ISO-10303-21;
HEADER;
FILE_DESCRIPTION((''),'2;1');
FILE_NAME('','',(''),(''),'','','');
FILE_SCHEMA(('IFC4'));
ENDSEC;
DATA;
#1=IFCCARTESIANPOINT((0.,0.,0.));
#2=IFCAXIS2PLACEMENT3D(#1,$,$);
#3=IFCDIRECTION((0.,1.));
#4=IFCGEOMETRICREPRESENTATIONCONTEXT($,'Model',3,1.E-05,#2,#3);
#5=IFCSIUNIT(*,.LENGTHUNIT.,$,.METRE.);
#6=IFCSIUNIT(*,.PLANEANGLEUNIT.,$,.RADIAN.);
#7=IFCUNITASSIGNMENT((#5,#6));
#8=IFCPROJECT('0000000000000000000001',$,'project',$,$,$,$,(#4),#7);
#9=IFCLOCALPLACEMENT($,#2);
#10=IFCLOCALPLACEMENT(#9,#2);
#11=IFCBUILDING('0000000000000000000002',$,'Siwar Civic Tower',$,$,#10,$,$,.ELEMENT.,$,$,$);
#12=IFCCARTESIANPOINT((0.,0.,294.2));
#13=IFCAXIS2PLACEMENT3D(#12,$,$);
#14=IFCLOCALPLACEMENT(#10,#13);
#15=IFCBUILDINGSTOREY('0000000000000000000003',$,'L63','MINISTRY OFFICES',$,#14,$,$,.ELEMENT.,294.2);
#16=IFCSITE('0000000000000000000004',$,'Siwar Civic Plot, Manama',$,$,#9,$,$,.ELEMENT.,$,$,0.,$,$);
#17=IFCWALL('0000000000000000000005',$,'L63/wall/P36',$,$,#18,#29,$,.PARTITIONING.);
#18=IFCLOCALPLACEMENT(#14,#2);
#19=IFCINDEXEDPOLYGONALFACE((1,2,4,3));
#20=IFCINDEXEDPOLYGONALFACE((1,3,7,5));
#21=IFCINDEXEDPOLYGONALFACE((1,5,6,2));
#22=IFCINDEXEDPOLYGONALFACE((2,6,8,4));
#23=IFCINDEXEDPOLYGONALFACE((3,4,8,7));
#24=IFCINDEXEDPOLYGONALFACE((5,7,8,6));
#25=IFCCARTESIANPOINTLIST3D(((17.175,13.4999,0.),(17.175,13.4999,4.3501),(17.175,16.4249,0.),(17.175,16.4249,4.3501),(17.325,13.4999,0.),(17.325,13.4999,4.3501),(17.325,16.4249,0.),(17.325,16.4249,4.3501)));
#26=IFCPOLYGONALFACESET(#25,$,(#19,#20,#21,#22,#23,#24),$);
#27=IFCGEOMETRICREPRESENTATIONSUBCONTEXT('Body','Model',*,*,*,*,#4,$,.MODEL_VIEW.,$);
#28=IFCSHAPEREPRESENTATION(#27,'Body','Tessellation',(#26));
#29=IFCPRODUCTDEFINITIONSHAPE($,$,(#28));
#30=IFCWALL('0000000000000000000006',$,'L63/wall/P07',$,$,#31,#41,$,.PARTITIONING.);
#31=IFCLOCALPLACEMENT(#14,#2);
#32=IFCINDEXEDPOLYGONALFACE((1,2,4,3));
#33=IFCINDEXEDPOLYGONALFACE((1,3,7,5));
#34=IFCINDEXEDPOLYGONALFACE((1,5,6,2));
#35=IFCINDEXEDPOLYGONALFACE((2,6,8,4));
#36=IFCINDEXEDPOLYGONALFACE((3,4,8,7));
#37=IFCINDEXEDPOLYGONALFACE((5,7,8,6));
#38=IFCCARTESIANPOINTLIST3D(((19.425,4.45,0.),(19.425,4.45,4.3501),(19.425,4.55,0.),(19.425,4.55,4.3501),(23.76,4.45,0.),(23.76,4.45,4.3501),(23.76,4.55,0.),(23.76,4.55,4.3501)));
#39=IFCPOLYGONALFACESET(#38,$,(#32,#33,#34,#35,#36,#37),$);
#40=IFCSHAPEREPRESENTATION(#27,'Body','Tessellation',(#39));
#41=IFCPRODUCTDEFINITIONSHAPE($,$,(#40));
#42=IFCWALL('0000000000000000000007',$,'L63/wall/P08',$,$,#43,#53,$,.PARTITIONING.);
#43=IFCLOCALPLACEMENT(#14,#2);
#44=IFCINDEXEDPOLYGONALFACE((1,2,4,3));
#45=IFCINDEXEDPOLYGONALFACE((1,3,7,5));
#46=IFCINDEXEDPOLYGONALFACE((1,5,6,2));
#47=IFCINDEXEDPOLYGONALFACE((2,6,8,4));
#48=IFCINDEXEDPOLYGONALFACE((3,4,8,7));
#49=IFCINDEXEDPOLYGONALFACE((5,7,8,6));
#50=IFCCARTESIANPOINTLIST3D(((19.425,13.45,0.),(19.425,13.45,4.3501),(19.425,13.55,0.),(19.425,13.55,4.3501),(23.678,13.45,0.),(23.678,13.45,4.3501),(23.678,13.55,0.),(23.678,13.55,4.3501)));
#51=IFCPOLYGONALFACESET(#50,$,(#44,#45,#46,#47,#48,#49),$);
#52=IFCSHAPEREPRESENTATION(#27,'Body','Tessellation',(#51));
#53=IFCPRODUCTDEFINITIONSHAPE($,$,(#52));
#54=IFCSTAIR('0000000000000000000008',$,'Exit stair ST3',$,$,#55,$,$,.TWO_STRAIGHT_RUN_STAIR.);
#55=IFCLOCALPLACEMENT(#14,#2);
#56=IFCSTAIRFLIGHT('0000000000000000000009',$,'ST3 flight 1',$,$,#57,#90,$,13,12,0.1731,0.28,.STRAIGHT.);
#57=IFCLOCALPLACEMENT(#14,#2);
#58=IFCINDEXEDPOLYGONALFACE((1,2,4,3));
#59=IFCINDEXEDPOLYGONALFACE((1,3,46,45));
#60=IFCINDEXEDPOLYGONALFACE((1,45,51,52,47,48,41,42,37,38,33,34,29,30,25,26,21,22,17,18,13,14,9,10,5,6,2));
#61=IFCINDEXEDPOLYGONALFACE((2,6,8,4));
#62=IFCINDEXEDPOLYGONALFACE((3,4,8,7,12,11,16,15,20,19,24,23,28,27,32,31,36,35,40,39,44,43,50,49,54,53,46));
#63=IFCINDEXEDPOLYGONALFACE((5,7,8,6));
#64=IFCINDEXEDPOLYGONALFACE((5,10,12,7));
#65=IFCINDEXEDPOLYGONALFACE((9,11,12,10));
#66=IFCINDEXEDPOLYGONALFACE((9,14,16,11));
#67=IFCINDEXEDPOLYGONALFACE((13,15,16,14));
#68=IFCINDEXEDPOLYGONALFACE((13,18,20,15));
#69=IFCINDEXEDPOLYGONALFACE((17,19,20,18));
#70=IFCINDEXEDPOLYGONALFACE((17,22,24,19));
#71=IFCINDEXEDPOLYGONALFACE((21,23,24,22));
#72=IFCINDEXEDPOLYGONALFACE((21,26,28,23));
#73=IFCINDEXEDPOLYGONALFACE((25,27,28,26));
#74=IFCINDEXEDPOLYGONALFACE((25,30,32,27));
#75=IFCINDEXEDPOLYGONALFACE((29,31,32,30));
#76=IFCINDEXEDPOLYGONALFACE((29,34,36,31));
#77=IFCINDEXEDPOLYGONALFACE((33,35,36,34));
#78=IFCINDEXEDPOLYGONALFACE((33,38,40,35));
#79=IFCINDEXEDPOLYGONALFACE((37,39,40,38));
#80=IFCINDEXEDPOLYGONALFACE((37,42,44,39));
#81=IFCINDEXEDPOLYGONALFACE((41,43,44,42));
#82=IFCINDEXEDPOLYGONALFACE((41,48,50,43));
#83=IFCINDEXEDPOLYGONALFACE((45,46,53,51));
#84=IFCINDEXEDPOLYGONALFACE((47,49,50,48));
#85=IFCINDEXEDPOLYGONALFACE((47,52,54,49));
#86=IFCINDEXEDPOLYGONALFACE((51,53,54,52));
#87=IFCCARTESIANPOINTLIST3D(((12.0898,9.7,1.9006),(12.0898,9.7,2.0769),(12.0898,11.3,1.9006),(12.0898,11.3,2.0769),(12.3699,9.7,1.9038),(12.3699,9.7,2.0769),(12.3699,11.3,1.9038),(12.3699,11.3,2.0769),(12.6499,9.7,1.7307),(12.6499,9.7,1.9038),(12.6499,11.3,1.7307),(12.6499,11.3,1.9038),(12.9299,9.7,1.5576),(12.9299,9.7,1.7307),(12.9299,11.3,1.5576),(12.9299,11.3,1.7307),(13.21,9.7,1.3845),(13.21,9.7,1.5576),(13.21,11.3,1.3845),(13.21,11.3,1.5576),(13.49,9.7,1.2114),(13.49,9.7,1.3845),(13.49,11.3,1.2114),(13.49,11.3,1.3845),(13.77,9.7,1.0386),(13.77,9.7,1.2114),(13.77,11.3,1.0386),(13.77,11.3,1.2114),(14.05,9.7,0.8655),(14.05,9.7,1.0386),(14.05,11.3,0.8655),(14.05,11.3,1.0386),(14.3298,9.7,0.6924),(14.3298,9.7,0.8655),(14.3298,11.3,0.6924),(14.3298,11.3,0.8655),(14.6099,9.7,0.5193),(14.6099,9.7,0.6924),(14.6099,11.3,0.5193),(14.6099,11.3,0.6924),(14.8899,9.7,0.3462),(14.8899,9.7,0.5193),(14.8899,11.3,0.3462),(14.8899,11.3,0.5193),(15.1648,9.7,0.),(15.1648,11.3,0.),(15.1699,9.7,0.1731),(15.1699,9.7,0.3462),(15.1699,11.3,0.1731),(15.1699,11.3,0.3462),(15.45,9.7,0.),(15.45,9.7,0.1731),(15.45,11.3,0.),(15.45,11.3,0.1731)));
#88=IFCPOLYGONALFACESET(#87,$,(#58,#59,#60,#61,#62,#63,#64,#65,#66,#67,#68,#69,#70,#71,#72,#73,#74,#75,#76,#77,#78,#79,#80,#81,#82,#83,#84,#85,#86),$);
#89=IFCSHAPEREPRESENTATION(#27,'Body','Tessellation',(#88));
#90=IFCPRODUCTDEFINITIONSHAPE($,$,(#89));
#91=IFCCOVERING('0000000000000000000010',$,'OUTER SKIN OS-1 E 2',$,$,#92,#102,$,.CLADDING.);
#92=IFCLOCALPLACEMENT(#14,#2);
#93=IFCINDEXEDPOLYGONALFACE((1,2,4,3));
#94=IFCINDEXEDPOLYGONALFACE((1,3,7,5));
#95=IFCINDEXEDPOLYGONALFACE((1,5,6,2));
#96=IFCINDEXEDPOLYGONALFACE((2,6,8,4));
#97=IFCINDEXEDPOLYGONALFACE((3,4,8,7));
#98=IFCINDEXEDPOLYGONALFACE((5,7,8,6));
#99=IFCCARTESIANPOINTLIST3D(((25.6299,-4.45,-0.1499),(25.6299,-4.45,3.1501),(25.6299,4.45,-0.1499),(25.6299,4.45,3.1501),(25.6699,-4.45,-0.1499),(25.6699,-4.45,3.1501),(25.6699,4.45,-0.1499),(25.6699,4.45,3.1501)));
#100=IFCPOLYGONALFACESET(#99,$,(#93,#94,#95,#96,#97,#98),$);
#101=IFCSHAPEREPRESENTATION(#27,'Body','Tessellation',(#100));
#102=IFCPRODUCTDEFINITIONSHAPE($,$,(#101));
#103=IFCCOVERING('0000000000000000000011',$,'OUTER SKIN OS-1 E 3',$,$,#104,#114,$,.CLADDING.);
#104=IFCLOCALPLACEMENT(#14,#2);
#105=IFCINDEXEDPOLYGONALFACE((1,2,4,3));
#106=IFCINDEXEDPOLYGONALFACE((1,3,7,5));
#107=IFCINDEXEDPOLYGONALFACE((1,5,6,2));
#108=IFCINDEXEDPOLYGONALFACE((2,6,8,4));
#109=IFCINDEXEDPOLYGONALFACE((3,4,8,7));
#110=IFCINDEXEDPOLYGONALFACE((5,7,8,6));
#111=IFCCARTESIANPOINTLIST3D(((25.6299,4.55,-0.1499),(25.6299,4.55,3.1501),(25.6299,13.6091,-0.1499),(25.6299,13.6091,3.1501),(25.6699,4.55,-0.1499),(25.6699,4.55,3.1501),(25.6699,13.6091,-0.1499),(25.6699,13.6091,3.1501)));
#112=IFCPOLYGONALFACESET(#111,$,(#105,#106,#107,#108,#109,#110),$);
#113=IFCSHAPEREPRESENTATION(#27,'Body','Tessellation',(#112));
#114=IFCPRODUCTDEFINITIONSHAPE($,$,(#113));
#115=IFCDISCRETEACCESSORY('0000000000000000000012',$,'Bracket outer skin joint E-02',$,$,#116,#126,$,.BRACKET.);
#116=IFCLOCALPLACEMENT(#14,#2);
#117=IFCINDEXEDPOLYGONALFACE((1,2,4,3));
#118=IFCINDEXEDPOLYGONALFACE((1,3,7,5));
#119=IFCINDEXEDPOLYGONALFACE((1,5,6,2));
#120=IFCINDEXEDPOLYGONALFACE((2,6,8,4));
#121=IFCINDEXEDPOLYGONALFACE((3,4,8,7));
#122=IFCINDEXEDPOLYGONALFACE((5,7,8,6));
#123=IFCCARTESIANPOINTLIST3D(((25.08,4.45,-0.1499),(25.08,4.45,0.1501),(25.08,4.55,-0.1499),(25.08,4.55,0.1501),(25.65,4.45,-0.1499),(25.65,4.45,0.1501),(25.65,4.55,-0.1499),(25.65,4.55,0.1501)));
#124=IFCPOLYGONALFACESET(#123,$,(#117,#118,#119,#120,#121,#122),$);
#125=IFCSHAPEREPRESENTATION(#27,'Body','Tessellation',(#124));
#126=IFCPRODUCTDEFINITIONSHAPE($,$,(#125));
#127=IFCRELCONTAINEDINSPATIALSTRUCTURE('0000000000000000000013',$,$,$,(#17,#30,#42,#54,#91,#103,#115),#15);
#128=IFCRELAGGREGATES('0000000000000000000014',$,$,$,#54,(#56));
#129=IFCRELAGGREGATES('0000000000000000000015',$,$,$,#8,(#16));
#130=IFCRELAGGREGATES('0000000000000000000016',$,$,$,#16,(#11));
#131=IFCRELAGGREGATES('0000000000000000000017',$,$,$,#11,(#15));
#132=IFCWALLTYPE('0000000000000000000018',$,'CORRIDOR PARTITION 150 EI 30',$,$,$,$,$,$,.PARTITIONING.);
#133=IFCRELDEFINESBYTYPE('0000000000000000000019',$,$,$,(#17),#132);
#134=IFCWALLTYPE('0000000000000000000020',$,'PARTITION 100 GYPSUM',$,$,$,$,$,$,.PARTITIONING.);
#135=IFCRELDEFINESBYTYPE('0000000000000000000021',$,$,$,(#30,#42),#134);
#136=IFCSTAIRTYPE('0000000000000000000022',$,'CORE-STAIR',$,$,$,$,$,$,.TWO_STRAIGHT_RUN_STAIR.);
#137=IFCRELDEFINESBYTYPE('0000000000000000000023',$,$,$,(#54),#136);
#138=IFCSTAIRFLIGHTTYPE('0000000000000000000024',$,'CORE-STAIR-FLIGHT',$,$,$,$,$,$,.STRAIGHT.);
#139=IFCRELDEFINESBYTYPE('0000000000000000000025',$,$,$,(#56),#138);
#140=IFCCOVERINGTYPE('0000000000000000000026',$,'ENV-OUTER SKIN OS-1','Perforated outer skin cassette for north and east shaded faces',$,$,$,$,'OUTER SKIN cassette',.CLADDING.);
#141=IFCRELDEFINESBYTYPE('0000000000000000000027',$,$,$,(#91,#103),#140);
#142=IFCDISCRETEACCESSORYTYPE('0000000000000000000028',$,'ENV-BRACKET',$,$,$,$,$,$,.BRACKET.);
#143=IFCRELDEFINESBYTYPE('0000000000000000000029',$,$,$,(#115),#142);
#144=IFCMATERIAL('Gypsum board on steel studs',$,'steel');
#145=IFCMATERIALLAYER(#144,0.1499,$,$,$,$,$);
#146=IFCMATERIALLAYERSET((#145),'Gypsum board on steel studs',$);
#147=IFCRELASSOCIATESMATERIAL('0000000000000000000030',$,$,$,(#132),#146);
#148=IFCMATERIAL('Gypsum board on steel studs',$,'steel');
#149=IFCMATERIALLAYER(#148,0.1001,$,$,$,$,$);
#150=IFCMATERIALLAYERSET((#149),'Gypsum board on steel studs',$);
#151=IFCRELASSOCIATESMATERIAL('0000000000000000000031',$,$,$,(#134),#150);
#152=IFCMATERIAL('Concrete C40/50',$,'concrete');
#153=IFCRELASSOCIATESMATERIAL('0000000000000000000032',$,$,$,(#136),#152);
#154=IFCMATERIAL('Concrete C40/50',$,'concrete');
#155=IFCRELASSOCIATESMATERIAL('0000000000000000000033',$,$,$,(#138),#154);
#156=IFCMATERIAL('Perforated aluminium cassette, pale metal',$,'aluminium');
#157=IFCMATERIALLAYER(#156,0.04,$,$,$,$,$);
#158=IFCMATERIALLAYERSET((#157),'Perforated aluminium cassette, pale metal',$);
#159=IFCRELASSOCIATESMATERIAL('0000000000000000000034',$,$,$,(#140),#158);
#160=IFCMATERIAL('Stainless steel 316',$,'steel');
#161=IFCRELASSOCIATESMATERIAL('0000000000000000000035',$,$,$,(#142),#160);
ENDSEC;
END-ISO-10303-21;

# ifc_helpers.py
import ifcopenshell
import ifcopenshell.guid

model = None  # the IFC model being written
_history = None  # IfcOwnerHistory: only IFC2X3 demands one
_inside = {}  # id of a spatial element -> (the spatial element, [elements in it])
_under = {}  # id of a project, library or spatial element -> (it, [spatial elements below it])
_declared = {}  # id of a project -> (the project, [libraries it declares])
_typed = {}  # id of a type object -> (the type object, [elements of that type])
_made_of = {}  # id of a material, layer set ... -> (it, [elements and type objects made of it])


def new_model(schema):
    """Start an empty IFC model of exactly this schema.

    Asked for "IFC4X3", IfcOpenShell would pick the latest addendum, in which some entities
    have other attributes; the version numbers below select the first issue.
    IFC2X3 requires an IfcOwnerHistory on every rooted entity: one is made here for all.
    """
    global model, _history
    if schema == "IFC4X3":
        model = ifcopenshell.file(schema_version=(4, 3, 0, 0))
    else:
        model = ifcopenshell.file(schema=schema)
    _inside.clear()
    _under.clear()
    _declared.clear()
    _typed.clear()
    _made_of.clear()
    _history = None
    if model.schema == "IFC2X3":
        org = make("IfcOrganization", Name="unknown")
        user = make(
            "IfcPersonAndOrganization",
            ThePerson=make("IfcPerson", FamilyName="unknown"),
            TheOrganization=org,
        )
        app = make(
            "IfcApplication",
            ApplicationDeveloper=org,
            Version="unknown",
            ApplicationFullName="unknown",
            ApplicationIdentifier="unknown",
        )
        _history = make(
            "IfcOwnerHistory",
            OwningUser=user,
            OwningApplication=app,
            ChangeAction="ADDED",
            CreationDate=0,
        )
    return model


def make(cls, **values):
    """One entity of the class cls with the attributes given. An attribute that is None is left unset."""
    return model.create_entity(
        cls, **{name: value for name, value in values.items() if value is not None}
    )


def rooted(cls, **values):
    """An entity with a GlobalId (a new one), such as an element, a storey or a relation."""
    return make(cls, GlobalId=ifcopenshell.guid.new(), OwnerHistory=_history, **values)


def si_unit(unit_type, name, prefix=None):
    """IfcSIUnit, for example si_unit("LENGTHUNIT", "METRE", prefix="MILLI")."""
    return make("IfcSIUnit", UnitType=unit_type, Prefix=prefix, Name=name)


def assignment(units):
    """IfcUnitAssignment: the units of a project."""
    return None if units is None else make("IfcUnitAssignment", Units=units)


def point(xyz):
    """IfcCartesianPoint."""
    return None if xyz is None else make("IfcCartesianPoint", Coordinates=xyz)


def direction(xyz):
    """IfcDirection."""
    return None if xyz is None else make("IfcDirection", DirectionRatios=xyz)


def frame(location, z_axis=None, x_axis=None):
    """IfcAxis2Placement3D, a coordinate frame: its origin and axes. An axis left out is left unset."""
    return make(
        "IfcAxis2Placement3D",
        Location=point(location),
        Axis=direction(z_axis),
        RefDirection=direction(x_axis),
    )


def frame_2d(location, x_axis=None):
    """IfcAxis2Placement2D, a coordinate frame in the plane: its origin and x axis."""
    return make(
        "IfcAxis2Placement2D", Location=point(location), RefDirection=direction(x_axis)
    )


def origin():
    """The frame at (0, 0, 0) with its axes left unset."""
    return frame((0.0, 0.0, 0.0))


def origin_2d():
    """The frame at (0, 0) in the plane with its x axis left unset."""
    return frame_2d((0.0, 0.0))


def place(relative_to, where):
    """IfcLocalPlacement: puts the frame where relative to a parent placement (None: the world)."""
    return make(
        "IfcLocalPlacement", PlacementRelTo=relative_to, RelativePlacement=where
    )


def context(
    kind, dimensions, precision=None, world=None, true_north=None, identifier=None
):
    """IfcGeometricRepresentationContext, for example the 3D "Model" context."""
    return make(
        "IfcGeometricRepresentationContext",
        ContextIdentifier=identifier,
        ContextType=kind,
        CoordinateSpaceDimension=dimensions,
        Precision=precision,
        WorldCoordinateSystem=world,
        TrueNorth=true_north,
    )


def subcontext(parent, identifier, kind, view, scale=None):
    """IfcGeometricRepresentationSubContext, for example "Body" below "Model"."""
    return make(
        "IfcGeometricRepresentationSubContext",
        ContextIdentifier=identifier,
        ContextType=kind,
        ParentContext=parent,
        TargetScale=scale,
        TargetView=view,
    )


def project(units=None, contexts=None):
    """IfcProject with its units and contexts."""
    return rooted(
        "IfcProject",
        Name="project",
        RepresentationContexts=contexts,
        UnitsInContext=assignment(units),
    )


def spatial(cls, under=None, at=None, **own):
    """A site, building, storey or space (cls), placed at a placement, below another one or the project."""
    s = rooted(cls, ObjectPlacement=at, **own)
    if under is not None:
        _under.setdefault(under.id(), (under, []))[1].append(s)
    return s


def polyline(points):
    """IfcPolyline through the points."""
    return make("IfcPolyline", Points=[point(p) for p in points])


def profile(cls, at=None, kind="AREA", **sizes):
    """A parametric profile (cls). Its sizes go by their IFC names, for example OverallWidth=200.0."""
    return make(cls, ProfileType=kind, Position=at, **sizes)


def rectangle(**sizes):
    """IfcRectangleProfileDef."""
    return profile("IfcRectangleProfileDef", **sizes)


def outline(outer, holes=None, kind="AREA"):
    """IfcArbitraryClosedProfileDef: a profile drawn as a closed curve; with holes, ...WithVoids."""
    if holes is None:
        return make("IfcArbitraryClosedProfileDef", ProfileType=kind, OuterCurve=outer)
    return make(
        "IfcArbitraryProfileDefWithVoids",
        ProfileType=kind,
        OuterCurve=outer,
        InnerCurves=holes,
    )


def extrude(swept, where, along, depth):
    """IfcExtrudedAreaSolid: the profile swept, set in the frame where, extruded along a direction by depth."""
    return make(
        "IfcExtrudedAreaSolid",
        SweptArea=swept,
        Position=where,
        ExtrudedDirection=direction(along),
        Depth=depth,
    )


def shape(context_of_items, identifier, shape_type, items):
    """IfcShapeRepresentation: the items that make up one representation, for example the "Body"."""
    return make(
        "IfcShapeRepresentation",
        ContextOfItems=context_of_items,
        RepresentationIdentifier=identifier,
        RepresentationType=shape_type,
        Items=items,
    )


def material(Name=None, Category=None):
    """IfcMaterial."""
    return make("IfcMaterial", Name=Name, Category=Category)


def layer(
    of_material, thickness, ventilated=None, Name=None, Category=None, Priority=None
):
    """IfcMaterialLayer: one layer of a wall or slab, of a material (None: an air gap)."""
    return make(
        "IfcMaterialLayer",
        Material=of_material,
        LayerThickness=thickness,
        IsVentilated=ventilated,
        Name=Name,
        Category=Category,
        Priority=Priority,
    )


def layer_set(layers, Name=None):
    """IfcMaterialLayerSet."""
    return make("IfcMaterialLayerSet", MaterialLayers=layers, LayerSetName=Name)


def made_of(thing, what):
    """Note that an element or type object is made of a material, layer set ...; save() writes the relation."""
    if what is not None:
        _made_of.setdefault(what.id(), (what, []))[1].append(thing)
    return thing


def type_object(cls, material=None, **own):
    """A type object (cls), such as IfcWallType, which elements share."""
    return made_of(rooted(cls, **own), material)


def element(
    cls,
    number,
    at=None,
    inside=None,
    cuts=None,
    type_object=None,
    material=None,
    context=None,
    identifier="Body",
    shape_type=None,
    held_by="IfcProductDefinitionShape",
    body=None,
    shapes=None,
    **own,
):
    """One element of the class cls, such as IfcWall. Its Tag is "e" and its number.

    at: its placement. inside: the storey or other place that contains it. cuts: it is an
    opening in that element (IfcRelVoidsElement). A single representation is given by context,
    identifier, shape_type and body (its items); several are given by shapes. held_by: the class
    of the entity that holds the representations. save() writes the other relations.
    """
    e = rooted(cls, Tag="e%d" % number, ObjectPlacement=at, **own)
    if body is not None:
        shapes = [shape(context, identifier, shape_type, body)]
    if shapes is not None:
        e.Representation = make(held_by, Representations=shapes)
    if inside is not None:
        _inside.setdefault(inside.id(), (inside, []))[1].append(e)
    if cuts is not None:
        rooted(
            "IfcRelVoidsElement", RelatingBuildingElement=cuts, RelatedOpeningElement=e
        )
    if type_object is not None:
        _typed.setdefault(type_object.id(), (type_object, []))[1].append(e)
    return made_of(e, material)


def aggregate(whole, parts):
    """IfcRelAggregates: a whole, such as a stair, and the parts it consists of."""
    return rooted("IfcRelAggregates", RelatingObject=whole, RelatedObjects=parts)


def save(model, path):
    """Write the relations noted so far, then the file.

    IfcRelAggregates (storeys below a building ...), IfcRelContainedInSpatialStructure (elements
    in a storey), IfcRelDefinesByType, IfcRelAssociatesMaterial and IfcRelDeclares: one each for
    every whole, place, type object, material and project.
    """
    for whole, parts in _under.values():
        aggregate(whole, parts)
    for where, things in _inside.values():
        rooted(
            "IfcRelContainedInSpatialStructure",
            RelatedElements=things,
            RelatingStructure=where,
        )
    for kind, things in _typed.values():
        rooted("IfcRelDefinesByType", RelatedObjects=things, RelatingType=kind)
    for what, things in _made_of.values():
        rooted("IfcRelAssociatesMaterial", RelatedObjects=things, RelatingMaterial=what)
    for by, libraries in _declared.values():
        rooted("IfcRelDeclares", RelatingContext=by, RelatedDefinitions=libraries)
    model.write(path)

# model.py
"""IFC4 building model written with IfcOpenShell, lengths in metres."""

from ifc_helpers import new_model, si_unit, direction, frame, frame_2d, origin, origin_2d, place, context, subcontext, project, spatial, polyline, rectangle, outline, extrude, material, layer, layer_set, type_object, element, aggregate, save


model = new_model("IFC4")

# Units and contexts
model_context = context("Model", 3, precision=1e-05, world=origin(), true_north=direction((0.0, 1.0)))
body_context = subcontext(model_context, "Body", "Model", "MODEL_VIEW")
ifc_project = project(units=[si_unit("LENGTHUNIT", "METRE"), si_unit("PLANEANGLEUNIT", "RADIAN")], contexts=[model_context])

# Site, building, storey
site_placement = place(None, origin())
site = spatial("IfcSite", under=ifc_project, at=site_placement, Name="Siwar Civic Plot, Manama", CompositionType="ELEMENT", RefElevation=0.0)
building_placement = place(site_placement, origin())
building = spatial("IfcBuilding", under=site, at=building_placement, Name="Siwar Civic Tower", CompositionType="ELEMENT")
storey_placement = place(building_placement, frame((0.0, 0.0, 294.2)))
storey = spatial("IfcBuildingStorey", under=building, at=storey_placement, Name="L63", Description="MINISTRY OFFICES", CompositionType="ELEMENT", Elevation=294.2)

# Walls
ifc_material_1 = material(Name="Gypsum board on steel studs", Category="steel")
ifc_layer_1 = layer(ifc_material_1, 0.1499)
ifc_layer_set_1 = layer_set([ifc_layer_1], Name="Gypsum board on steel studs")
wall_type_1 = type_object("IfcWallType", Name="CORRIDOR PARTITION 150 EI 30", PredefinedType="PARTITIONING", material=ifc_layer_set_1)
wall_1_placement = place(storey_placement, frame((17.25, 13.5, 0.0), z_axis=(0.0, 0.0, 1.0), x_axis=(0.0, 1.0, 0.0)))
element("IfcWall", 1, at=wall_1_placement, inside=storey, type_object=wall_type_1, Name="L63/wall/P36", PredefinedType="PARTITIONING", context=body_context, shape_type="SweptSolid", body=[
    extrude(rectangle(XDim=2.925, YDim=0.1499, at=frame_2d((1.4624, 0.0))), origin(), (0.0, 0.0, 1.0), 4.3501),
])
ifc_material_2 = material(Name="Gypsum board on steel studs", Category="steel")
ifc_layer_2 = layer(ifc_material_2, 0.1001)
ifc_layer_set_2 = layer_set([ifc_layer_2], Name="Gypsum board on steel studs")
wall_type_2 = type_object("IfcWallType", Name="PARTITION 100 GYPSUM", PredefinedType="PARTITIONING", material=ifc_layer_set_2)
wall_2_placement = place(storey_placement, frame((19.425, 4.5, 0.0), z_axis=(0.0, 0.0, 1.0), x_axis=(1.0, 0.0, 0.0)))
element("IfcWall", 2, at=wall_2_placement, inside=storey, type_object=wall_type_2, Name="L63/wall/P07", PredefinedType="PARTITIONING", context=body_context, shape_type="SweptSolid", body=[
    extrude(rectangle(XDim=4.335, YDim=0.1001, at=frame_2d((2.1675, 0.0))), origin(), (0.0, 0.0, 1.0), 4.3501),
])
wall_3_placement = place(storey_placement, frame((19.425, 13.5, 0.0), z_axis=(0.0, 0.0, 1.0), x_axis=(1.0, 0.0, 0.0)))
element("IfcWall", 3, at=wall_3_placement, inside=storey, type_object=wall_type_2, Name="L63/wall/P08", PredefinedType="PARTITIONING", context=body_context, shape_type="SweptSolid", body=[
    extrude(rectangle(XDim=4.2529, YDim=0.1001, at=frame_2d((2.1265, 0.0))), origin(), (0.0, 0.0, 1.0), 4.3501),
])

# Stair, stair flight
ifc_material_3 = material(Name="Concrete C40/50", Category="concrete")
stair_type = type_object("IfcStairType", Name="CORE-STAIR", PredefinedType="TWO_STRAIGHT_RUN_STAIR", material=ifc_material_3)
stair_placement = place(storey_placement, origin())
stair = element("IfcStair", 4, at=stair_placement, inside=storey, type_object=stair_type, Name="Exit stair ST3", PredefinedType="TWO_STRAIGHT_RUN_STAIR")
ifc_material_4 = material(Name="Concrete C40/50", Category="concrete")
stair_flight_type = type_object("IfcStairFlightType", Name="CORE-STAIR-FLIGHT", PredefinedType="STRAIGHT", material=ifc_material_4)
stair_flight_placement = place(storey_placement, frame((15.45, 10.5, 0.0), z_axis=(0.0, 0.0, 1.0), x_axis=(-1.0, 0.0, 0.0)))
stair_flight = element("IfcStairFlight", 5, at=stair_flight_placement, type_object=stair_flight_type, Name="ST3 flight 1", NumberOfRisers=13, NumberOfTreads=12, PredefinedType="STRAIGHT", RiserHeight=0.1731, TreadLength=0.28, context=body_context, shape_type="SweptSolid", body=[
    extrude(outline(polyline([(0.0, 0.0), (0.0, 0.1731), (0.28, 0.1731), (0.28, 0.3462), (0.5601, 0.3462), (0.5601, 0.5193), (0.8401, 0.5193), (0.8401, 0.6924), (1.1201, 0.6924), (1.1201, 0.8655), (1.3999, 0.8655), (1.3999, 1.0386), (1.6799, 1.0386), (1.6799, 1.2114), (1.96, 1.2114), (1.96, 1.3845), (2.24, 1.3845), (2.24, 1.5576), (2.52, 1.5576), (2.52, 1.7307), (2.8, 1.7307), (2.8, 1.9038), (3.0801, 1.9038), (3.0801, 2.0769), (3.3601, 2.0769), (3.3601, 2.25), (3.3601, 1.9006), (0.2852, 0.0), (0.0, 0.0)])), frame((0.0, 0.8, 0.0), z_axis=(0.0, -1.0, 0.0), x_axis=(1.0, 0.0, 0.0)), (0.0, 0.0, 1.0), 1.6001),
])
aggregate(stair, [stair_flight])

# Coverings
ifc_material_5 = material(Name="Perforated aluminium cassette, pale metal", Category="aluminium")
ifc_layer_3 = layer(ifc_material_5, 0.04)
ifc_layer_set_3 = layer_set([ifc_layer_3], Name="Perforated aluminium cassette, pale metal")
covering_type = type_object("IfcCoveringType", Name="ENV-OUTER SKIN OS-1", Description="Perforated outer skin cassette for north and east shaded faces", ElementType="OUTER SKIN cassette", PredefinedType="CLADDING", material=ifc_layer_set_3)
covering_1_placement = place(storey_placement, frame((25.6499, 0.0, -0.1499), z_axis=(0.0, 0.0, 1.0), x_axis=(0.0, 1.0, 0.0)))
element("IfcCovering", 6, at=covering_1_placement, inside=storey, type_object=covering_type, Name="OUTER SKIN OS-1 E 2", PredefinedType="CLADDING", context=body_context, shape_type="SweptSolid", body=[
    extrude(rectangle(XDim=8.8999, YDim=0.04, at=origin_2d()), origin(), (0.0, 0.0, 1.0), 3.3),
])
covering_2_placement = place(storey_placement, frame((25.6499, 9.0796, -0.1499), z_axis=(0.0, 0.0, 1.0), x_axis=(0.0, 1.0, 0.0)))
element("IfcCovering", 7, at=covering_2_placement, inside=storey, type_object=covering_type, Name="OUTER SKIN OS-1 E 3", PredefinedType="CLADDING", context=body_context, shape_type="SweptSolid", body=[
    extrude(rectangle(XDim=9.0591, YDim=0.04, at=origin_2d()), origin(), (0.0, 0.0, 1.0), 3.3),
])

# Discrete accessory
ifc_material_6 = material(Name="Stainless steel 316", Category="steel")
discrete_accessory_type = type_object("IfcDiscreteAccessoryType", Name="ENV-BRACKET", PredefinedType="BRACKET", material=ifc_material_6)
discrete_accessory_placement = place(storey_placement, frame((25.365, 4.5, -0.1499), z_axis=(0.0, 0.0, 1.0), x_axis=(1.0, 0.0, 0.0)))
element("IfcDiscreteAccessory", 8, at=discrete_accessory_placement, inside=storey, type_object=discrete_accessory_type, Name="Bracket outer skin joint E-02", PredefinedType="BRACKET", context=body_context, shape_type="SweptSolid", body=[
    extrude(rectangle(XDim=0.5701, YDim=0.1001, at=origin_2d()), origin(), (0.0, 0.0, 1.0), 0.3),
])

save(model, "model.ifc")
